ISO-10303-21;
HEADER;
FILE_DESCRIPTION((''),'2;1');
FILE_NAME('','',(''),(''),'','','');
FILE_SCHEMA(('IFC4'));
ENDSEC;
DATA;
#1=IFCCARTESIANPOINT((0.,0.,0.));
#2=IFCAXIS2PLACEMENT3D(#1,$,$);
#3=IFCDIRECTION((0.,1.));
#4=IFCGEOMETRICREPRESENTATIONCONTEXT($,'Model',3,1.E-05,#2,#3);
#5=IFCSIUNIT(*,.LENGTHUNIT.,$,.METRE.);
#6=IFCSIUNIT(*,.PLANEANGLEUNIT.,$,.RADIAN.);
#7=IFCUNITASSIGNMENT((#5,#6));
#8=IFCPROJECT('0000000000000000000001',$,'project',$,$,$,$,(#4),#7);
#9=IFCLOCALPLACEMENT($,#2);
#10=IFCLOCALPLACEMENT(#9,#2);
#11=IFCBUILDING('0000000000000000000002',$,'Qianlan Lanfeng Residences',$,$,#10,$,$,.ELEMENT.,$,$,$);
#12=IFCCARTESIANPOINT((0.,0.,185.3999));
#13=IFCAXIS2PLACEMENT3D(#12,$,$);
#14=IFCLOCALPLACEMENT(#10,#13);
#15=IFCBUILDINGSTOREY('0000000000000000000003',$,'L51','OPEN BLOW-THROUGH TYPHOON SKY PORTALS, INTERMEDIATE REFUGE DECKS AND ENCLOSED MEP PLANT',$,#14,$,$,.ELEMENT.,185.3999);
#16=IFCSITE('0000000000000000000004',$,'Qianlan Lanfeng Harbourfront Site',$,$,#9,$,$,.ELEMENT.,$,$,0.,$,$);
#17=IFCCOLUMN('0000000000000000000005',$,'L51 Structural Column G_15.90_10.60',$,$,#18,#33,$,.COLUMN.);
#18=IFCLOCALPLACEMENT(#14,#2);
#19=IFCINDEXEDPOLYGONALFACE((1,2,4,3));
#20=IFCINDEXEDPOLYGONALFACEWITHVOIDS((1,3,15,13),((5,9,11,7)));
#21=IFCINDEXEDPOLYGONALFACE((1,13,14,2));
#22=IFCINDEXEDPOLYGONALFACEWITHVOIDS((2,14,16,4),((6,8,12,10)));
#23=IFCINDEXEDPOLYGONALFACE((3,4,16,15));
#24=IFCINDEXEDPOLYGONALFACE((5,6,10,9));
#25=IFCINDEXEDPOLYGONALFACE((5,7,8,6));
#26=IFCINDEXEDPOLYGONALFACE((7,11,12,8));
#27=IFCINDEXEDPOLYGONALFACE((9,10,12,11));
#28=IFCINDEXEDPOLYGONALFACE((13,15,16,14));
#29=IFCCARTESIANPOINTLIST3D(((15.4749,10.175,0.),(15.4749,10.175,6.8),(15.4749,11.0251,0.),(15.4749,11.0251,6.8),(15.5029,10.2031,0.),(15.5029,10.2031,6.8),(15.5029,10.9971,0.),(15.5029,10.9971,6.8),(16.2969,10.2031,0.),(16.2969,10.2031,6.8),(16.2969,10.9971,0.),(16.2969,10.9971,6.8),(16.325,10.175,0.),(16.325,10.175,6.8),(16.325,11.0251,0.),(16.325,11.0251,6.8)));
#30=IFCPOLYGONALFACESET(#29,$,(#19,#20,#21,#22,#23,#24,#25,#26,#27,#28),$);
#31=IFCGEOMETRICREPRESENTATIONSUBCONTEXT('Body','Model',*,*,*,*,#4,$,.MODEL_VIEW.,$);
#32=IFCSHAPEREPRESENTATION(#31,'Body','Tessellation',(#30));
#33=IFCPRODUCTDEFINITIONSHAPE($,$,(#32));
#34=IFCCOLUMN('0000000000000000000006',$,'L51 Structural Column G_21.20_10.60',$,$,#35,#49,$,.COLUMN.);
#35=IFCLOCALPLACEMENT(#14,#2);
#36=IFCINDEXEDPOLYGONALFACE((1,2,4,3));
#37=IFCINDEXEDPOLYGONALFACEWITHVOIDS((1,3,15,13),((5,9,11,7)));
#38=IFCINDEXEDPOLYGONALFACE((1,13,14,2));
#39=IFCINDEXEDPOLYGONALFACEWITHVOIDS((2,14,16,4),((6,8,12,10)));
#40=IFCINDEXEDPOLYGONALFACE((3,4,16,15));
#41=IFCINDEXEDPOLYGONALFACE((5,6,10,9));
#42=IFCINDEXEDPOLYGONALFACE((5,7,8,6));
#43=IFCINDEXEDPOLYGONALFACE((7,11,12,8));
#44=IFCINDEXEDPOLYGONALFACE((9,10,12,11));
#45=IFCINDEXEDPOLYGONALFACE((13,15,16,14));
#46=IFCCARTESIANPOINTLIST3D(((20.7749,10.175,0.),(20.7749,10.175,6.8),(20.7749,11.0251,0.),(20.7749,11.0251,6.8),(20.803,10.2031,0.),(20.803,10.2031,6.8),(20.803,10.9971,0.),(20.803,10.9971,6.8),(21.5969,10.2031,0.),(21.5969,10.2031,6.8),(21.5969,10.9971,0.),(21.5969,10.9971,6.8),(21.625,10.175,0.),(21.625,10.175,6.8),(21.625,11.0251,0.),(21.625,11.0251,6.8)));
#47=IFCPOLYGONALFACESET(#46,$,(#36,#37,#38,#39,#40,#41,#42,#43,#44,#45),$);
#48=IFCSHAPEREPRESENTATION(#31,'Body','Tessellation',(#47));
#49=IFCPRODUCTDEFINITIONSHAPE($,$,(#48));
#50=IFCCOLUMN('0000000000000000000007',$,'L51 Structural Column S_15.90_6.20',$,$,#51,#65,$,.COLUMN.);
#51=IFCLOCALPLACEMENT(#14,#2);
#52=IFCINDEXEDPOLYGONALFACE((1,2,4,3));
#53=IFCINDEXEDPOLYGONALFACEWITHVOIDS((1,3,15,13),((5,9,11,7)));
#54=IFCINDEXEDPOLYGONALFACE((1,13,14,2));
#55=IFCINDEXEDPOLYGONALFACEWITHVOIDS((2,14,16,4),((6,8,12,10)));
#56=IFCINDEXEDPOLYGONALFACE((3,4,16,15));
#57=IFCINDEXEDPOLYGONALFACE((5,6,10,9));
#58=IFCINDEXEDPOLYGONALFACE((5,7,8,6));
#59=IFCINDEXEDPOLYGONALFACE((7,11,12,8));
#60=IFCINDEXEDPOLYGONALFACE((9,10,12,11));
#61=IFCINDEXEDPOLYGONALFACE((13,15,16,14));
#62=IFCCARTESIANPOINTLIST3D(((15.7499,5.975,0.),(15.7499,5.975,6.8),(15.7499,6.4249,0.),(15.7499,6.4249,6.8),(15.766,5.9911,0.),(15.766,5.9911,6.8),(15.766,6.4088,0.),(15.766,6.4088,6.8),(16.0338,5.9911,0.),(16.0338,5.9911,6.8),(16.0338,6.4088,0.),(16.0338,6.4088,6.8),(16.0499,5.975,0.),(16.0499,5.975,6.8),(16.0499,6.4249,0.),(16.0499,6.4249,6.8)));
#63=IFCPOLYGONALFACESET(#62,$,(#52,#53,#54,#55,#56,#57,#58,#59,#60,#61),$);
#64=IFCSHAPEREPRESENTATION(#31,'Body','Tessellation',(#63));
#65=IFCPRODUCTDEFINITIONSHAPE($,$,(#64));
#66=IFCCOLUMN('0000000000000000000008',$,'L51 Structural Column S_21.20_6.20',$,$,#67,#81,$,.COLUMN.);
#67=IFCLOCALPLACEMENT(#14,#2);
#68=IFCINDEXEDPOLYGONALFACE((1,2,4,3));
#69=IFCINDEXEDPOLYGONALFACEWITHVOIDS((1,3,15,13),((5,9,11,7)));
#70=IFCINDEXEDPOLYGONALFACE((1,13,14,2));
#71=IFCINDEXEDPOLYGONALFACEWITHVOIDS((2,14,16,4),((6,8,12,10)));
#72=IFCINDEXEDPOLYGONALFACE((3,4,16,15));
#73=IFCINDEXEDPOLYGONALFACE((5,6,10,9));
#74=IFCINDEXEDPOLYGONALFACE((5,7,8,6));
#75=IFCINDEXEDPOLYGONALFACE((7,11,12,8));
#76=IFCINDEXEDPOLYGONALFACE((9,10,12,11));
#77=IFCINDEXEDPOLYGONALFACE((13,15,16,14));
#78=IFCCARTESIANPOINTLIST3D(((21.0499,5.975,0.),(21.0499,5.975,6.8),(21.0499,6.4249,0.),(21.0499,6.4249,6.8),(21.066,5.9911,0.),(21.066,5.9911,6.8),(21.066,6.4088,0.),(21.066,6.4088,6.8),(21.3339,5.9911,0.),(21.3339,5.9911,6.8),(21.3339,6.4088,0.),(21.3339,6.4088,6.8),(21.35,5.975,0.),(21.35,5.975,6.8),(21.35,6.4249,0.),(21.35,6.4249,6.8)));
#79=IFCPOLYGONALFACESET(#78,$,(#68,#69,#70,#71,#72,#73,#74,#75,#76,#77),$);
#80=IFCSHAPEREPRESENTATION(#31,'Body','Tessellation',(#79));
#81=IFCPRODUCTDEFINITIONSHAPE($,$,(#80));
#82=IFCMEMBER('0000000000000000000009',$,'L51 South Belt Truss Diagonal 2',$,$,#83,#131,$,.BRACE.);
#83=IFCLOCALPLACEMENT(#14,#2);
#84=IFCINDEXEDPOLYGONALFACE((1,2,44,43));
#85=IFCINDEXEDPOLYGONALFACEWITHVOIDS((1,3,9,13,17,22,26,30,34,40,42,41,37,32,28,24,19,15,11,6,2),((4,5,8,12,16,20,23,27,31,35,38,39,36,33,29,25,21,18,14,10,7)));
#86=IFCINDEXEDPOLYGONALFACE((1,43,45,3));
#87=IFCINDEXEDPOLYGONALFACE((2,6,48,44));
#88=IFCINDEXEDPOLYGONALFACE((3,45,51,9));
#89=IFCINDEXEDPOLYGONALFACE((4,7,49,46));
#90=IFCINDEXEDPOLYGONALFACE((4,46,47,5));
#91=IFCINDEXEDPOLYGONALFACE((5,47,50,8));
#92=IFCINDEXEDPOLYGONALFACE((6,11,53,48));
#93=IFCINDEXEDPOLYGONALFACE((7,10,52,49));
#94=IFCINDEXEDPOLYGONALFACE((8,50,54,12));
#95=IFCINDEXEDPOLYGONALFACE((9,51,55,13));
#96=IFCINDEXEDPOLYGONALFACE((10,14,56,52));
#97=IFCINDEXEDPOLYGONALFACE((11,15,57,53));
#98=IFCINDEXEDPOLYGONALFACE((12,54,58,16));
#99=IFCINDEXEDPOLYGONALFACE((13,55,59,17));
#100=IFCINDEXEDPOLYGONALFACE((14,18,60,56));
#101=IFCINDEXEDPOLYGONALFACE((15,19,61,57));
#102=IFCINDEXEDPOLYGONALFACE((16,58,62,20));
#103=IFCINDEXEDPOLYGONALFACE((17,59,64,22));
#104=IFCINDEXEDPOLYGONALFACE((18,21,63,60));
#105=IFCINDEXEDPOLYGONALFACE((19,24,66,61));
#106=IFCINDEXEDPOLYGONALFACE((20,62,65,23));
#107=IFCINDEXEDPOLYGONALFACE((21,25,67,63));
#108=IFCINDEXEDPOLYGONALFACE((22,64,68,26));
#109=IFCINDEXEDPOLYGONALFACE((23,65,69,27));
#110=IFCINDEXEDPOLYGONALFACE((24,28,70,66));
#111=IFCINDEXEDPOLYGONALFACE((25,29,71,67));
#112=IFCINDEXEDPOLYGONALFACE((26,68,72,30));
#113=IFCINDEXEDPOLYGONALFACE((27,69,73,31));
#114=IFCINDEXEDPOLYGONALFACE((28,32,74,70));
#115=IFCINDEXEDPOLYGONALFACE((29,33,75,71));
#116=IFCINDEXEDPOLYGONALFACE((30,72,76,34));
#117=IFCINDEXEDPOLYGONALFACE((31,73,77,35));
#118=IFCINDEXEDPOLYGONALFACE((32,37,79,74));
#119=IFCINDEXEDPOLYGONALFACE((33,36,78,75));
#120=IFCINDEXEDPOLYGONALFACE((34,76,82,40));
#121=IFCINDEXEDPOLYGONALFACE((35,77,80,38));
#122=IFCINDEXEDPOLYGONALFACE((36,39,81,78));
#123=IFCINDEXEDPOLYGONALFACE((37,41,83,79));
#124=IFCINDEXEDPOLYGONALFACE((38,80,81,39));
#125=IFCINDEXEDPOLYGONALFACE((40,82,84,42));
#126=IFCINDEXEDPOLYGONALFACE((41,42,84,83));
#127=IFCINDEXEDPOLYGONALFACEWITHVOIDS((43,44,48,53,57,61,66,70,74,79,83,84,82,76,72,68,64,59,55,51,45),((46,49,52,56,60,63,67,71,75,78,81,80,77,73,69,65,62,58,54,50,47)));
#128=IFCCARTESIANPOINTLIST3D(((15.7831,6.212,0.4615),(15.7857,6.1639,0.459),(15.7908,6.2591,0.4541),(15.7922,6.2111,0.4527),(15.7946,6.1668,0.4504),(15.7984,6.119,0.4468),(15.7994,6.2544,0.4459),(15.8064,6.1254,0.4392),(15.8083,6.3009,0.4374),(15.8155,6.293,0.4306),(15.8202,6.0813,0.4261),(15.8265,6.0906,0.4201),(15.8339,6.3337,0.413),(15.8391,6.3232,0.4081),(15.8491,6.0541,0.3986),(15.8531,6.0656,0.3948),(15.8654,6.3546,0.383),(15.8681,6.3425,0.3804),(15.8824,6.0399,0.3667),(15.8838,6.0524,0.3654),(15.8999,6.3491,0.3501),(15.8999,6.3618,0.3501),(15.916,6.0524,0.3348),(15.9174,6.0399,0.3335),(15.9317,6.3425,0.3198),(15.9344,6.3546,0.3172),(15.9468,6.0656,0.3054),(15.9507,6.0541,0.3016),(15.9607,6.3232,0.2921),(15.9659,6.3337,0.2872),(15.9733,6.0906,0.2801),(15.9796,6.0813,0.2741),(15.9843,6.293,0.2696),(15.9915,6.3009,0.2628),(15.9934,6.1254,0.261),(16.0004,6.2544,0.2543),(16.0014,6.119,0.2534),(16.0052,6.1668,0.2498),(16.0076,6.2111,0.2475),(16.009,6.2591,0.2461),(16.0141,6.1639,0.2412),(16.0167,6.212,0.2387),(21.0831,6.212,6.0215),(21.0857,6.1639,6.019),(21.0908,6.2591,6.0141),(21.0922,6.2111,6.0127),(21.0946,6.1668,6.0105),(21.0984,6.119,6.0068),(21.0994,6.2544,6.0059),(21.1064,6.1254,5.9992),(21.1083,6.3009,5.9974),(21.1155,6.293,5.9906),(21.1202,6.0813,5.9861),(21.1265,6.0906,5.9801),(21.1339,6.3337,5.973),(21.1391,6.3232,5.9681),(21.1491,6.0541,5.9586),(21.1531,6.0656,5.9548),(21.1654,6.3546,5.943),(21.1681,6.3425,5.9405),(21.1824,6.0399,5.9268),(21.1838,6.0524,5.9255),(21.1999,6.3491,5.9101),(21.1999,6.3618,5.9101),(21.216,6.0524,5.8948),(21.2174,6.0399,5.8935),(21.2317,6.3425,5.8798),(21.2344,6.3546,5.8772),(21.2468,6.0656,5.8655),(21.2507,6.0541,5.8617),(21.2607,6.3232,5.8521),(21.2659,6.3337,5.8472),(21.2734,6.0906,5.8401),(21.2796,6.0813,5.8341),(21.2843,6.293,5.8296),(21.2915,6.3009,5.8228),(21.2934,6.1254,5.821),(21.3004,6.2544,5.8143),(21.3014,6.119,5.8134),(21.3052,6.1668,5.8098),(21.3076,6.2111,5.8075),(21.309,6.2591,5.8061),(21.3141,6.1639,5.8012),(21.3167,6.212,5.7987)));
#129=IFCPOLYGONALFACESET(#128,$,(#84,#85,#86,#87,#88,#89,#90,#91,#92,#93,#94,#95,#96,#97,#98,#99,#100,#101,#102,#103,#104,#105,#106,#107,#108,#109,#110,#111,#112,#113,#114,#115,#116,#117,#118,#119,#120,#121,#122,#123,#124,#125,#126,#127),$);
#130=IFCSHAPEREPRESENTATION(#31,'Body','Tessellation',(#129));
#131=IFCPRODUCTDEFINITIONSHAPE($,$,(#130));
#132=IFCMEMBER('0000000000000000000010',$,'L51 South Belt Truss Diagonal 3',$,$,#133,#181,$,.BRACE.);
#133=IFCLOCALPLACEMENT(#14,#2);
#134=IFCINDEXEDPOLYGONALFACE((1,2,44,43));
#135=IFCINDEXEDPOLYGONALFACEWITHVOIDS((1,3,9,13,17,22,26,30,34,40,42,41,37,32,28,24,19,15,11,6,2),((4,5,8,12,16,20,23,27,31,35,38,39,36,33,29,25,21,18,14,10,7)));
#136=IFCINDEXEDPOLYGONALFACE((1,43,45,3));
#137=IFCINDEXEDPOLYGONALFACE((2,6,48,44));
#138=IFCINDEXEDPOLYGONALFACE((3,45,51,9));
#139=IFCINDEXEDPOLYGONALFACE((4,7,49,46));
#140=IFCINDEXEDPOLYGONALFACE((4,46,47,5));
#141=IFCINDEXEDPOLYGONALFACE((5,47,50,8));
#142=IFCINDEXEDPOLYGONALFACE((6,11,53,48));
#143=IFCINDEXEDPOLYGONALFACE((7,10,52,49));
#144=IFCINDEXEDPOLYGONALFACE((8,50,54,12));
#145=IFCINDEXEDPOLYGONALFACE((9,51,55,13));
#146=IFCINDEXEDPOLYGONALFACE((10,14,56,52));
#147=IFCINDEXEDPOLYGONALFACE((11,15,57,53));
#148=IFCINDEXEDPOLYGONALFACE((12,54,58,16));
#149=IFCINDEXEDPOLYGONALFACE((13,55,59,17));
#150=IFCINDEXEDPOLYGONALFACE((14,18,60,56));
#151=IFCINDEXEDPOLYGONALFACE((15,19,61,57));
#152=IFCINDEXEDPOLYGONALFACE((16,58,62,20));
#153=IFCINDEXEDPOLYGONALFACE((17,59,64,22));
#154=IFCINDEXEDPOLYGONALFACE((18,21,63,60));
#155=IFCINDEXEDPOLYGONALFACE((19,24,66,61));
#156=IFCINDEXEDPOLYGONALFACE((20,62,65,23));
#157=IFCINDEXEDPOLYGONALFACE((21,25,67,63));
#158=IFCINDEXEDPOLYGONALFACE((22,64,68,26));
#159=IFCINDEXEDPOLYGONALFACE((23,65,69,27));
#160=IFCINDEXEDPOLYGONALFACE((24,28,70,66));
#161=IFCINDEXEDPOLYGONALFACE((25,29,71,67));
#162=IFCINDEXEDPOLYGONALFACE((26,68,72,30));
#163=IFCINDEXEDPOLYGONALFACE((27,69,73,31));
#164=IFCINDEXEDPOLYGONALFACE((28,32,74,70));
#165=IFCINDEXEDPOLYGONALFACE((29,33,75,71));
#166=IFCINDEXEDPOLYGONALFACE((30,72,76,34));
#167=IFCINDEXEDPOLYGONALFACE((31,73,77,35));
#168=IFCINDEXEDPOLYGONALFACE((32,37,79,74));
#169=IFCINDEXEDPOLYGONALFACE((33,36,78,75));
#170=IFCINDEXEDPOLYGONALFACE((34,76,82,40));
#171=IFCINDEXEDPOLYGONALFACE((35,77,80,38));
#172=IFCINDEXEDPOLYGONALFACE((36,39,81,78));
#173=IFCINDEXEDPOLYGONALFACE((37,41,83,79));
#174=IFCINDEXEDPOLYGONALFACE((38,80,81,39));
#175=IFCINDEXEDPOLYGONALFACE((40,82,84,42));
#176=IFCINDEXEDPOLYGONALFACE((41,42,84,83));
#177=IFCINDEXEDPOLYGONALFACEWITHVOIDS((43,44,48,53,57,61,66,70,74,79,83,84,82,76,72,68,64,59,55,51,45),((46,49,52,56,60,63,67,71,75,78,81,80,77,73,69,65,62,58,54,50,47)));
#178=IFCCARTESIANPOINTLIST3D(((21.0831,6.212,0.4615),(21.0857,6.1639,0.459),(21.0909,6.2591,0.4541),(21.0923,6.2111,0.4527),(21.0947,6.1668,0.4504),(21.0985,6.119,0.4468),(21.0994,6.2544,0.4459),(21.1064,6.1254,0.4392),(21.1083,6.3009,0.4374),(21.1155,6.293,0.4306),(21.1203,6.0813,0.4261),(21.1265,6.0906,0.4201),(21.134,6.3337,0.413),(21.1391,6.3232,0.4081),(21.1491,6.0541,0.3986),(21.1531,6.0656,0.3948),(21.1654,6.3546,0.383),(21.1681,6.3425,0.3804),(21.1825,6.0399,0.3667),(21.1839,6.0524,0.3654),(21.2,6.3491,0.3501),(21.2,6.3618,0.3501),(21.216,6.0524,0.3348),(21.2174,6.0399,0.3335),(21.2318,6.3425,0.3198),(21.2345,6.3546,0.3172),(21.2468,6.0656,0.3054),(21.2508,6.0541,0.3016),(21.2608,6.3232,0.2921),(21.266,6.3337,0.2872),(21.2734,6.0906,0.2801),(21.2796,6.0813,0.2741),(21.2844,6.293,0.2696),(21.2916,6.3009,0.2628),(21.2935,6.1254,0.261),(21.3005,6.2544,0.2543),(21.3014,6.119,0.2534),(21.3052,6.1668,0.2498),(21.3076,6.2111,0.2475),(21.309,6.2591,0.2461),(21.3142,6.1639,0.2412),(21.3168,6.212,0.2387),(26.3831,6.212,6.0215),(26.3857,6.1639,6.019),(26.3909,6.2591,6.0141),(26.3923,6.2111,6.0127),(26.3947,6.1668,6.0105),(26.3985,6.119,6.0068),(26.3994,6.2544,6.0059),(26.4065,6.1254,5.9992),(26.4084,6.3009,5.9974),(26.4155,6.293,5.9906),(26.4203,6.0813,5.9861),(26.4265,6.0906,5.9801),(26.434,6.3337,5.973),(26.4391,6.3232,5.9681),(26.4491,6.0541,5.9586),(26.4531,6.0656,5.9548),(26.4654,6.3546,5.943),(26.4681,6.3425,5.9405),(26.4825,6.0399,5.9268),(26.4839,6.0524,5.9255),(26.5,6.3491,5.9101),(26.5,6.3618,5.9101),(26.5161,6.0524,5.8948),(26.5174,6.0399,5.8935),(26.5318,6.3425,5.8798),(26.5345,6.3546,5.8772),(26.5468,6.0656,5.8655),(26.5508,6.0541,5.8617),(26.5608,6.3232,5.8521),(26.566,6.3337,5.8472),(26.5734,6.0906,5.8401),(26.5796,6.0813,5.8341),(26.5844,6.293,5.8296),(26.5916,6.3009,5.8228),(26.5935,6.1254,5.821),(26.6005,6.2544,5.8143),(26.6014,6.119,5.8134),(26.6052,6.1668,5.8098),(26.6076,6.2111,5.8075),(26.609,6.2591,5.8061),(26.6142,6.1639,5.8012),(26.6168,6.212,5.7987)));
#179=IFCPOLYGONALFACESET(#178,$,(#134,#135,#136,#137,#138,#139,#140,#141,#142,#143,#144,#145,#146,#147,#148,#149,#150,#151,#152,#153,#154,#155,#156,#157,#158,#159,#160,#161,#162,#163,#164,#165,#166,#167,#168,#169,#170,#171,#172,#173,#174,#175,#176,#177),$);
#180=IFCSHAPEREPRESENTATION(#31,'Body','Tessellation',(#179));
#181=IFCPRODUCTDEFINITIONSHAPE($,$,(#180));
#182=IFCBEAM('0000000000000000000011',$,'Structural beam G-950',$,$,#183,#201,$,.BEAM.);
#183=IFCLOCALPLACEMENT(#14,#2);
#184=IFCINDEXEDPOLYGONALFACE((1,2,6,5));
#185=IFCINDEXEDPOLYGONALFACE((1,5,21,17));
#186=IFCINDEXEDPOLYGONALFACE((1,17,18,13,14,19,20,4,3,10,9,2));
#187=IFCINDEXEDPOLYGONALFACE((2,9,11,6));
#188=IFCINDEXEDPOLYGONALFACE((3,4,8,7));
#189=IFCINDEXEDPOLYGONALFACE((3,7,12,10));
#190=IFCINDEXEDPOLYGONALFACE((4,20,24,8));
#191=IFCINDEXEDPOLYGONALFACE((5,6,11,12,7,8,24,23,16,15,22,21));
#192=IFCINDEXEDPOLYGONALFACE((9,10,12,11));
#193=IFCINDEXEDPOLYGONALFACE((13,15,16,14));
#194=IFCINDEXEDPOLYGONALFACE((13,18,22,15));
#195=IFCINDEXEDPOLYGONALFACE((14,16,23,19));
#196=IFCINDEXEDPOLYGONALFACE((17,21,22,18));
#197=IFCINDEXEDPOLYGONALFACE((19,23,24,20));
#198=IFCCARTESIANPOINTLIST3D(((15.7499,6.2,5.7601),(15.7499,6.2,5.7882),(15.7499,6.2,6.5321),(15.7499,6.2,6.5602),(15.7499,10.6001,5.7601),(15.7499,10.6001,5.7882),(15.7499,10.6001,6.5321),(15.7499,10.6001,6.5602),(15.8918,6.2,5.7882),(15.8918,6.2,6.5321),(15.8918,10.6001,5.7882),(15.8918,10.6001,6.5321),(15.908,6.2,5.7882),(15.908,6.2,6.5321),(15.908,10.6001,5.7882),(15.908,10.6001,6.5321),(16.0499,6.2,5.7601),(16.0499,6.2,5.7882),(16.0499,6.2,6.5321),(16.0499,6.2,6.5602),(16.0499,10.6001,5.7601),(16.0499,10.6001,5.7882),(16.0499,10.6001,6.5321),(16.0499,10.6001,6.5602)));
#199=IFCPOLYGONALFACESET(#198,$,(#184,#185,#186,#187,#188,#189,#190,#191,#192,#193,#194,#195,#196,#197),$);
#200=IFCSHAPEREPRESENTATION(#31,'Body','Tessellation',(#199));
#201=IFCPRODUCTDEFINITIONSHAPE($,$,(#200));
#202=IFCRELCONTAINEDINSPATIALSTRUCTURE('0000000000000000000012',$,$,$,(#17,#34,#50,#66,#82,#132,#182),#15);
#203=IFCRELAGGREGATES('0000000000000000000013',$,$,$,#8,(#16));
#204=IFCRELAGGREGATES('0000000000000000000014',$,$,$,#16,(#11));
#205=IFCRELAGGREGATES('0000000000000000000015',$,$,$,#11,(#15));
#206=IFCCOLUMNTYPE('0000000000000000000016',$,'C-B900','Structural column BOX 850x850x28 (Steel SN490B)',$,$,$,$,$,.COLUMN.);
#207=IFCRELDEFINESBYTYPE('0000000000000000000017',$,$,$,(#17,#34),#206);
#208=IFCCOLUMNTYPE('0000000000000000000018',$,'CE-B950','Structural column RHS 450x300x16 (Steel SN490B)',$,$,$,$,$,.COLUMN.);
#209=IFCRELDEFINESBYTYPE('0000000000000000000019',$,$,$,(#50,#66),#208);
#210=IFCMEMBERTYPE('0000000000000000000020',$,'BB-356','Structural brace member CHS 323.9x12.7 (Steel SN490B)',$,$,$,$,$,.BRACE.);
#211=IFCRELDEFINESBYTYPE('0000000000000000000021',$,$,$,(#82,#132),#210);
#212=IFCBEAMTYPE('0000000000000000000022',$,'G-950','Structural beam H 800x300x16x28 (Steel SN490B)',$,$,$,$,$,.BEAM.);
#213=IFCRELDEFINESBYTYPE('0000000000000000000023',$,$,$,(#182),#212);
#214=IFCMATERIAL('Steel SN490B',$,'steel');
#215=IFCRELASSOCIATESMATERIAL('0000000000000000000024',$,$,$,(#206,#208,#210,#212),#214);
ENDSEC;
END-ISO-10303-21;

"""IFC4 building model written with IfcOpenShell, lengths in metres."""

from ifc_helpers import new_model, si_unit, direction, frame, origin, origin_2d, place, context, subcontext, project, spatial, hollow_rectangle, hollow_circle, i_section, extrude, material, material_profile, profile_set, type_object, element, save


model = new_model("IFC4")

# Units and contexts
model_context = context("Model", 3, precision=1e-05, world=origin(), true_north=direction((0.0, 1.0)))
body_context = subcontext(model_context, "Body", "Model", "MODEL_VIEW")
ifc_project = project(units=[si_unit("LENGTHUNIT", "METRE"), si_unit("PLANEANGLEUNIT", "RADIAN")], contexts=[model_context])

# Site, building, storey
site_placement = place(None, origin())
site = spatial("IfcSite", under=ifc_project, at=site_placement, Name="Qianlan Lanfeng Harbourfront Site", CompositionType="ELEMENT", RefElevation=0.0)
building_placement = place(site_placement, origin())
building = spatial("IfcBuilding", under=site, at=building_placement, Name="Qianlan Lanfeng Residences", CompositionType="ELEMENT")
storey_placement = place(building_placement, frame((0.0, 0.0, 185.3999)))
storey = spatial("IfcBuildingStorey", under=building, at=storey_placement, Name="L51", Description="OPEN BLOW-THROUGH TYPHOON SKY PORTALS, INTERMEDIATE REFUGE DECKS AND ENCLOSED MEP PLANT", CompositionType="ELEMENT", Elevation=185.3999)

# Columns
ifc_material_1 = material(Name="Steel SN490B", Category="steel")
ifc_material_profile_1 = material_profile(ifc_material_1, hollow_rectangle(XDim=0.8501, YDim=0.8501, WallThickness=0.0281, at=origin_2d()), Name="BOX 850x850x28")
ifc_profile_set_1 = profile_set([ifc_material_profile_1], Name="Steel SN490B")
column_type_1 = type_object("IfcColumnType", Name="C-B900", Description="Structural column BOX 850x850x28 (Steel SN490B)", PredefinedType="COLUMN", material=ifc_profile_set_1)
for number, where, z_axis, x_axis, name in (
    (1, (15.8999, 10.6001, 0.0), (0.0, 0.0, 1.0), (1.0, 0.0, 0.0), "L51 Structural Column G_15.90_10.60"),
    (2, (21.2, 10.6001, 0.0), (0.0, 0.0, 1.0), (1.0, 0.0, 0.0), "L51 Structural Column G_21.20_10.60"),
):
    element("IfcColumn", number, at=place(storey_placement, frame(where, z_axis=z_axis, x_axis=x_axis)), inside=storey, type_object=column_type_1, Name=name, PredefinedType="COLUMN", context=body_context, shape_type="SweptSolid", body=[
        extrude(hollow_rectangle(XDim=0.8501, YDim=0.8501, WallThickness=0.0281, at=origin_2d()), origin(), (0.0, 0.0, 1.0), 6.8),
    ])
ifc_material_profile_2 = material_profile(ifc_material_1, hollow_rectangle(XDim=0.3, YDim=0.45, WallThickness=0.0161, at=origin_2d()), Name="RHS 450x300x16")
ifc_profile_set_2 = profile_set([ifc_material_profile_2], Name="Steel SN490B")
column_type_2 = type_object("IfcColumnType", Name="CE-B950", Description="Structural column RHS 450x300x16 (Steel SN490B)", PredefinedType="COLUMN", material=ifc_profile_set_2)
for number, where, z_axis, x_axis, name in (
    (3, (15.8999, 6.2, 0.0), (0.0, 0.0, 1.0), (1.0, 0.0, 0.0), "L51 Structural Column S_15.90_6.20"),
    (4, (21.2, 6.2, 0.0), (0.0, 0.0, 1.0), (1.0, 0.0, 0.0), "L51 Structural Column S_21.20_6.20"),
):
    element("IfcColumn", number, at=place(storey_placement, frame(where, z_axis=z_axis, x_axis=x_axis)), inside=storey, type_object=column_type_2, Name=name, PredefinedType="COLUMN", context=body_context, shape_type="SweptSolid", body=[
        extrude(hollow_rectangle(XDim=0.3, YDim=0.45, WallThickness=0.0161, at=origin_2d()), origin(), (0.0, 0.0, 1.0), 6.8),
    ])

# Members
ifc_material_profile_3 = material_profile(ifc_material_1, hollow_circle(Radius=0.1619, WallThickness=0.0127, at=origin_2d()), Name="CHS 323.9x12.7")
ifc_profile_set_3 = profile_set([ifc_material_profile_3], Name="Steel SN490B")
member_type_1 = type_object("IfcMemberType", Name="BB-356", Description="Structural brace member CHS 323.9x12.7 (Steel SN490B)", PredefinedType="BRACE", material=ifc_profile_set_3)
for number, where, z_axis, x_axis, name in (
    (5, (15.8999, 6.2, 0.3501), (0.68998, 0.0, 0.723829), (0.0, 1.0, 0.0), "L51 South Belt Truss Diagonal 2"),
    (6, (21.2, 6.2, 0.3501), (0.68998, 0.0, 0.723829), (0.0, 1.0, 0.0), "L51 South Belt Truss Diagonal 3"),
):
    element("IfcMember", number, at=place(storey_placement, frame(where, z_axis=z_axis, x_axis=x_axis)), inside=storey, type_object=member_type_1, Name=name, PredefinedType="BRACE", context=body_context, shape_type="SweptSolid", body=[
        extrude(hollow_circle(Radius=0.1619, WallThickness=0.0127, at=origin_2d()), origin(), (0.0, 0.0, 1.0), 7.6814),
    ])

# Beam
ifc_material_profile_4 = material_profile(ifc_material_1, i_section(OverallWidth=0.3, OverallDepth=0.8, WebThickness=0.0161, FlangeThickness=0.0281, at=origin_2d()), Name="H 800x300x16x28")
ifc_profile_set_4 = profile_set([ifc_material_profile_4], Name="Steel SN490B")
beam_type_1 = type_object("IfcBeamType", Name="G-950", Description="Structural beam H 800x300x16x28 (Steel SN490B)", PredefinedType="BEAM", material=ifc_profile_set_4)
beam_1_placement = place(storey_placement, frame((15.8999, 6.2, 6.1602), z_axis=(0.0, 1.0, 0.0), x_axis=(-1.0, 0.0, 0.0)))
element("IfcBeam", 7, at=beam_1_placement, inside=storey, type_object=beam_type_1, Name="Structural beam G-950", PredefinedType="BEAM", context=body_context, shape_type="SweptSolid", body=[
    extrude(i_section(OverallWidth=0.3, OverallDepth=0.8, WebThickness=0.0161, FlangeThickness=0.0281, at=origin_2d()), origin(), (0.0, 0.0, 1.0), 4.4001),
])

save(model, "model.ifc")
